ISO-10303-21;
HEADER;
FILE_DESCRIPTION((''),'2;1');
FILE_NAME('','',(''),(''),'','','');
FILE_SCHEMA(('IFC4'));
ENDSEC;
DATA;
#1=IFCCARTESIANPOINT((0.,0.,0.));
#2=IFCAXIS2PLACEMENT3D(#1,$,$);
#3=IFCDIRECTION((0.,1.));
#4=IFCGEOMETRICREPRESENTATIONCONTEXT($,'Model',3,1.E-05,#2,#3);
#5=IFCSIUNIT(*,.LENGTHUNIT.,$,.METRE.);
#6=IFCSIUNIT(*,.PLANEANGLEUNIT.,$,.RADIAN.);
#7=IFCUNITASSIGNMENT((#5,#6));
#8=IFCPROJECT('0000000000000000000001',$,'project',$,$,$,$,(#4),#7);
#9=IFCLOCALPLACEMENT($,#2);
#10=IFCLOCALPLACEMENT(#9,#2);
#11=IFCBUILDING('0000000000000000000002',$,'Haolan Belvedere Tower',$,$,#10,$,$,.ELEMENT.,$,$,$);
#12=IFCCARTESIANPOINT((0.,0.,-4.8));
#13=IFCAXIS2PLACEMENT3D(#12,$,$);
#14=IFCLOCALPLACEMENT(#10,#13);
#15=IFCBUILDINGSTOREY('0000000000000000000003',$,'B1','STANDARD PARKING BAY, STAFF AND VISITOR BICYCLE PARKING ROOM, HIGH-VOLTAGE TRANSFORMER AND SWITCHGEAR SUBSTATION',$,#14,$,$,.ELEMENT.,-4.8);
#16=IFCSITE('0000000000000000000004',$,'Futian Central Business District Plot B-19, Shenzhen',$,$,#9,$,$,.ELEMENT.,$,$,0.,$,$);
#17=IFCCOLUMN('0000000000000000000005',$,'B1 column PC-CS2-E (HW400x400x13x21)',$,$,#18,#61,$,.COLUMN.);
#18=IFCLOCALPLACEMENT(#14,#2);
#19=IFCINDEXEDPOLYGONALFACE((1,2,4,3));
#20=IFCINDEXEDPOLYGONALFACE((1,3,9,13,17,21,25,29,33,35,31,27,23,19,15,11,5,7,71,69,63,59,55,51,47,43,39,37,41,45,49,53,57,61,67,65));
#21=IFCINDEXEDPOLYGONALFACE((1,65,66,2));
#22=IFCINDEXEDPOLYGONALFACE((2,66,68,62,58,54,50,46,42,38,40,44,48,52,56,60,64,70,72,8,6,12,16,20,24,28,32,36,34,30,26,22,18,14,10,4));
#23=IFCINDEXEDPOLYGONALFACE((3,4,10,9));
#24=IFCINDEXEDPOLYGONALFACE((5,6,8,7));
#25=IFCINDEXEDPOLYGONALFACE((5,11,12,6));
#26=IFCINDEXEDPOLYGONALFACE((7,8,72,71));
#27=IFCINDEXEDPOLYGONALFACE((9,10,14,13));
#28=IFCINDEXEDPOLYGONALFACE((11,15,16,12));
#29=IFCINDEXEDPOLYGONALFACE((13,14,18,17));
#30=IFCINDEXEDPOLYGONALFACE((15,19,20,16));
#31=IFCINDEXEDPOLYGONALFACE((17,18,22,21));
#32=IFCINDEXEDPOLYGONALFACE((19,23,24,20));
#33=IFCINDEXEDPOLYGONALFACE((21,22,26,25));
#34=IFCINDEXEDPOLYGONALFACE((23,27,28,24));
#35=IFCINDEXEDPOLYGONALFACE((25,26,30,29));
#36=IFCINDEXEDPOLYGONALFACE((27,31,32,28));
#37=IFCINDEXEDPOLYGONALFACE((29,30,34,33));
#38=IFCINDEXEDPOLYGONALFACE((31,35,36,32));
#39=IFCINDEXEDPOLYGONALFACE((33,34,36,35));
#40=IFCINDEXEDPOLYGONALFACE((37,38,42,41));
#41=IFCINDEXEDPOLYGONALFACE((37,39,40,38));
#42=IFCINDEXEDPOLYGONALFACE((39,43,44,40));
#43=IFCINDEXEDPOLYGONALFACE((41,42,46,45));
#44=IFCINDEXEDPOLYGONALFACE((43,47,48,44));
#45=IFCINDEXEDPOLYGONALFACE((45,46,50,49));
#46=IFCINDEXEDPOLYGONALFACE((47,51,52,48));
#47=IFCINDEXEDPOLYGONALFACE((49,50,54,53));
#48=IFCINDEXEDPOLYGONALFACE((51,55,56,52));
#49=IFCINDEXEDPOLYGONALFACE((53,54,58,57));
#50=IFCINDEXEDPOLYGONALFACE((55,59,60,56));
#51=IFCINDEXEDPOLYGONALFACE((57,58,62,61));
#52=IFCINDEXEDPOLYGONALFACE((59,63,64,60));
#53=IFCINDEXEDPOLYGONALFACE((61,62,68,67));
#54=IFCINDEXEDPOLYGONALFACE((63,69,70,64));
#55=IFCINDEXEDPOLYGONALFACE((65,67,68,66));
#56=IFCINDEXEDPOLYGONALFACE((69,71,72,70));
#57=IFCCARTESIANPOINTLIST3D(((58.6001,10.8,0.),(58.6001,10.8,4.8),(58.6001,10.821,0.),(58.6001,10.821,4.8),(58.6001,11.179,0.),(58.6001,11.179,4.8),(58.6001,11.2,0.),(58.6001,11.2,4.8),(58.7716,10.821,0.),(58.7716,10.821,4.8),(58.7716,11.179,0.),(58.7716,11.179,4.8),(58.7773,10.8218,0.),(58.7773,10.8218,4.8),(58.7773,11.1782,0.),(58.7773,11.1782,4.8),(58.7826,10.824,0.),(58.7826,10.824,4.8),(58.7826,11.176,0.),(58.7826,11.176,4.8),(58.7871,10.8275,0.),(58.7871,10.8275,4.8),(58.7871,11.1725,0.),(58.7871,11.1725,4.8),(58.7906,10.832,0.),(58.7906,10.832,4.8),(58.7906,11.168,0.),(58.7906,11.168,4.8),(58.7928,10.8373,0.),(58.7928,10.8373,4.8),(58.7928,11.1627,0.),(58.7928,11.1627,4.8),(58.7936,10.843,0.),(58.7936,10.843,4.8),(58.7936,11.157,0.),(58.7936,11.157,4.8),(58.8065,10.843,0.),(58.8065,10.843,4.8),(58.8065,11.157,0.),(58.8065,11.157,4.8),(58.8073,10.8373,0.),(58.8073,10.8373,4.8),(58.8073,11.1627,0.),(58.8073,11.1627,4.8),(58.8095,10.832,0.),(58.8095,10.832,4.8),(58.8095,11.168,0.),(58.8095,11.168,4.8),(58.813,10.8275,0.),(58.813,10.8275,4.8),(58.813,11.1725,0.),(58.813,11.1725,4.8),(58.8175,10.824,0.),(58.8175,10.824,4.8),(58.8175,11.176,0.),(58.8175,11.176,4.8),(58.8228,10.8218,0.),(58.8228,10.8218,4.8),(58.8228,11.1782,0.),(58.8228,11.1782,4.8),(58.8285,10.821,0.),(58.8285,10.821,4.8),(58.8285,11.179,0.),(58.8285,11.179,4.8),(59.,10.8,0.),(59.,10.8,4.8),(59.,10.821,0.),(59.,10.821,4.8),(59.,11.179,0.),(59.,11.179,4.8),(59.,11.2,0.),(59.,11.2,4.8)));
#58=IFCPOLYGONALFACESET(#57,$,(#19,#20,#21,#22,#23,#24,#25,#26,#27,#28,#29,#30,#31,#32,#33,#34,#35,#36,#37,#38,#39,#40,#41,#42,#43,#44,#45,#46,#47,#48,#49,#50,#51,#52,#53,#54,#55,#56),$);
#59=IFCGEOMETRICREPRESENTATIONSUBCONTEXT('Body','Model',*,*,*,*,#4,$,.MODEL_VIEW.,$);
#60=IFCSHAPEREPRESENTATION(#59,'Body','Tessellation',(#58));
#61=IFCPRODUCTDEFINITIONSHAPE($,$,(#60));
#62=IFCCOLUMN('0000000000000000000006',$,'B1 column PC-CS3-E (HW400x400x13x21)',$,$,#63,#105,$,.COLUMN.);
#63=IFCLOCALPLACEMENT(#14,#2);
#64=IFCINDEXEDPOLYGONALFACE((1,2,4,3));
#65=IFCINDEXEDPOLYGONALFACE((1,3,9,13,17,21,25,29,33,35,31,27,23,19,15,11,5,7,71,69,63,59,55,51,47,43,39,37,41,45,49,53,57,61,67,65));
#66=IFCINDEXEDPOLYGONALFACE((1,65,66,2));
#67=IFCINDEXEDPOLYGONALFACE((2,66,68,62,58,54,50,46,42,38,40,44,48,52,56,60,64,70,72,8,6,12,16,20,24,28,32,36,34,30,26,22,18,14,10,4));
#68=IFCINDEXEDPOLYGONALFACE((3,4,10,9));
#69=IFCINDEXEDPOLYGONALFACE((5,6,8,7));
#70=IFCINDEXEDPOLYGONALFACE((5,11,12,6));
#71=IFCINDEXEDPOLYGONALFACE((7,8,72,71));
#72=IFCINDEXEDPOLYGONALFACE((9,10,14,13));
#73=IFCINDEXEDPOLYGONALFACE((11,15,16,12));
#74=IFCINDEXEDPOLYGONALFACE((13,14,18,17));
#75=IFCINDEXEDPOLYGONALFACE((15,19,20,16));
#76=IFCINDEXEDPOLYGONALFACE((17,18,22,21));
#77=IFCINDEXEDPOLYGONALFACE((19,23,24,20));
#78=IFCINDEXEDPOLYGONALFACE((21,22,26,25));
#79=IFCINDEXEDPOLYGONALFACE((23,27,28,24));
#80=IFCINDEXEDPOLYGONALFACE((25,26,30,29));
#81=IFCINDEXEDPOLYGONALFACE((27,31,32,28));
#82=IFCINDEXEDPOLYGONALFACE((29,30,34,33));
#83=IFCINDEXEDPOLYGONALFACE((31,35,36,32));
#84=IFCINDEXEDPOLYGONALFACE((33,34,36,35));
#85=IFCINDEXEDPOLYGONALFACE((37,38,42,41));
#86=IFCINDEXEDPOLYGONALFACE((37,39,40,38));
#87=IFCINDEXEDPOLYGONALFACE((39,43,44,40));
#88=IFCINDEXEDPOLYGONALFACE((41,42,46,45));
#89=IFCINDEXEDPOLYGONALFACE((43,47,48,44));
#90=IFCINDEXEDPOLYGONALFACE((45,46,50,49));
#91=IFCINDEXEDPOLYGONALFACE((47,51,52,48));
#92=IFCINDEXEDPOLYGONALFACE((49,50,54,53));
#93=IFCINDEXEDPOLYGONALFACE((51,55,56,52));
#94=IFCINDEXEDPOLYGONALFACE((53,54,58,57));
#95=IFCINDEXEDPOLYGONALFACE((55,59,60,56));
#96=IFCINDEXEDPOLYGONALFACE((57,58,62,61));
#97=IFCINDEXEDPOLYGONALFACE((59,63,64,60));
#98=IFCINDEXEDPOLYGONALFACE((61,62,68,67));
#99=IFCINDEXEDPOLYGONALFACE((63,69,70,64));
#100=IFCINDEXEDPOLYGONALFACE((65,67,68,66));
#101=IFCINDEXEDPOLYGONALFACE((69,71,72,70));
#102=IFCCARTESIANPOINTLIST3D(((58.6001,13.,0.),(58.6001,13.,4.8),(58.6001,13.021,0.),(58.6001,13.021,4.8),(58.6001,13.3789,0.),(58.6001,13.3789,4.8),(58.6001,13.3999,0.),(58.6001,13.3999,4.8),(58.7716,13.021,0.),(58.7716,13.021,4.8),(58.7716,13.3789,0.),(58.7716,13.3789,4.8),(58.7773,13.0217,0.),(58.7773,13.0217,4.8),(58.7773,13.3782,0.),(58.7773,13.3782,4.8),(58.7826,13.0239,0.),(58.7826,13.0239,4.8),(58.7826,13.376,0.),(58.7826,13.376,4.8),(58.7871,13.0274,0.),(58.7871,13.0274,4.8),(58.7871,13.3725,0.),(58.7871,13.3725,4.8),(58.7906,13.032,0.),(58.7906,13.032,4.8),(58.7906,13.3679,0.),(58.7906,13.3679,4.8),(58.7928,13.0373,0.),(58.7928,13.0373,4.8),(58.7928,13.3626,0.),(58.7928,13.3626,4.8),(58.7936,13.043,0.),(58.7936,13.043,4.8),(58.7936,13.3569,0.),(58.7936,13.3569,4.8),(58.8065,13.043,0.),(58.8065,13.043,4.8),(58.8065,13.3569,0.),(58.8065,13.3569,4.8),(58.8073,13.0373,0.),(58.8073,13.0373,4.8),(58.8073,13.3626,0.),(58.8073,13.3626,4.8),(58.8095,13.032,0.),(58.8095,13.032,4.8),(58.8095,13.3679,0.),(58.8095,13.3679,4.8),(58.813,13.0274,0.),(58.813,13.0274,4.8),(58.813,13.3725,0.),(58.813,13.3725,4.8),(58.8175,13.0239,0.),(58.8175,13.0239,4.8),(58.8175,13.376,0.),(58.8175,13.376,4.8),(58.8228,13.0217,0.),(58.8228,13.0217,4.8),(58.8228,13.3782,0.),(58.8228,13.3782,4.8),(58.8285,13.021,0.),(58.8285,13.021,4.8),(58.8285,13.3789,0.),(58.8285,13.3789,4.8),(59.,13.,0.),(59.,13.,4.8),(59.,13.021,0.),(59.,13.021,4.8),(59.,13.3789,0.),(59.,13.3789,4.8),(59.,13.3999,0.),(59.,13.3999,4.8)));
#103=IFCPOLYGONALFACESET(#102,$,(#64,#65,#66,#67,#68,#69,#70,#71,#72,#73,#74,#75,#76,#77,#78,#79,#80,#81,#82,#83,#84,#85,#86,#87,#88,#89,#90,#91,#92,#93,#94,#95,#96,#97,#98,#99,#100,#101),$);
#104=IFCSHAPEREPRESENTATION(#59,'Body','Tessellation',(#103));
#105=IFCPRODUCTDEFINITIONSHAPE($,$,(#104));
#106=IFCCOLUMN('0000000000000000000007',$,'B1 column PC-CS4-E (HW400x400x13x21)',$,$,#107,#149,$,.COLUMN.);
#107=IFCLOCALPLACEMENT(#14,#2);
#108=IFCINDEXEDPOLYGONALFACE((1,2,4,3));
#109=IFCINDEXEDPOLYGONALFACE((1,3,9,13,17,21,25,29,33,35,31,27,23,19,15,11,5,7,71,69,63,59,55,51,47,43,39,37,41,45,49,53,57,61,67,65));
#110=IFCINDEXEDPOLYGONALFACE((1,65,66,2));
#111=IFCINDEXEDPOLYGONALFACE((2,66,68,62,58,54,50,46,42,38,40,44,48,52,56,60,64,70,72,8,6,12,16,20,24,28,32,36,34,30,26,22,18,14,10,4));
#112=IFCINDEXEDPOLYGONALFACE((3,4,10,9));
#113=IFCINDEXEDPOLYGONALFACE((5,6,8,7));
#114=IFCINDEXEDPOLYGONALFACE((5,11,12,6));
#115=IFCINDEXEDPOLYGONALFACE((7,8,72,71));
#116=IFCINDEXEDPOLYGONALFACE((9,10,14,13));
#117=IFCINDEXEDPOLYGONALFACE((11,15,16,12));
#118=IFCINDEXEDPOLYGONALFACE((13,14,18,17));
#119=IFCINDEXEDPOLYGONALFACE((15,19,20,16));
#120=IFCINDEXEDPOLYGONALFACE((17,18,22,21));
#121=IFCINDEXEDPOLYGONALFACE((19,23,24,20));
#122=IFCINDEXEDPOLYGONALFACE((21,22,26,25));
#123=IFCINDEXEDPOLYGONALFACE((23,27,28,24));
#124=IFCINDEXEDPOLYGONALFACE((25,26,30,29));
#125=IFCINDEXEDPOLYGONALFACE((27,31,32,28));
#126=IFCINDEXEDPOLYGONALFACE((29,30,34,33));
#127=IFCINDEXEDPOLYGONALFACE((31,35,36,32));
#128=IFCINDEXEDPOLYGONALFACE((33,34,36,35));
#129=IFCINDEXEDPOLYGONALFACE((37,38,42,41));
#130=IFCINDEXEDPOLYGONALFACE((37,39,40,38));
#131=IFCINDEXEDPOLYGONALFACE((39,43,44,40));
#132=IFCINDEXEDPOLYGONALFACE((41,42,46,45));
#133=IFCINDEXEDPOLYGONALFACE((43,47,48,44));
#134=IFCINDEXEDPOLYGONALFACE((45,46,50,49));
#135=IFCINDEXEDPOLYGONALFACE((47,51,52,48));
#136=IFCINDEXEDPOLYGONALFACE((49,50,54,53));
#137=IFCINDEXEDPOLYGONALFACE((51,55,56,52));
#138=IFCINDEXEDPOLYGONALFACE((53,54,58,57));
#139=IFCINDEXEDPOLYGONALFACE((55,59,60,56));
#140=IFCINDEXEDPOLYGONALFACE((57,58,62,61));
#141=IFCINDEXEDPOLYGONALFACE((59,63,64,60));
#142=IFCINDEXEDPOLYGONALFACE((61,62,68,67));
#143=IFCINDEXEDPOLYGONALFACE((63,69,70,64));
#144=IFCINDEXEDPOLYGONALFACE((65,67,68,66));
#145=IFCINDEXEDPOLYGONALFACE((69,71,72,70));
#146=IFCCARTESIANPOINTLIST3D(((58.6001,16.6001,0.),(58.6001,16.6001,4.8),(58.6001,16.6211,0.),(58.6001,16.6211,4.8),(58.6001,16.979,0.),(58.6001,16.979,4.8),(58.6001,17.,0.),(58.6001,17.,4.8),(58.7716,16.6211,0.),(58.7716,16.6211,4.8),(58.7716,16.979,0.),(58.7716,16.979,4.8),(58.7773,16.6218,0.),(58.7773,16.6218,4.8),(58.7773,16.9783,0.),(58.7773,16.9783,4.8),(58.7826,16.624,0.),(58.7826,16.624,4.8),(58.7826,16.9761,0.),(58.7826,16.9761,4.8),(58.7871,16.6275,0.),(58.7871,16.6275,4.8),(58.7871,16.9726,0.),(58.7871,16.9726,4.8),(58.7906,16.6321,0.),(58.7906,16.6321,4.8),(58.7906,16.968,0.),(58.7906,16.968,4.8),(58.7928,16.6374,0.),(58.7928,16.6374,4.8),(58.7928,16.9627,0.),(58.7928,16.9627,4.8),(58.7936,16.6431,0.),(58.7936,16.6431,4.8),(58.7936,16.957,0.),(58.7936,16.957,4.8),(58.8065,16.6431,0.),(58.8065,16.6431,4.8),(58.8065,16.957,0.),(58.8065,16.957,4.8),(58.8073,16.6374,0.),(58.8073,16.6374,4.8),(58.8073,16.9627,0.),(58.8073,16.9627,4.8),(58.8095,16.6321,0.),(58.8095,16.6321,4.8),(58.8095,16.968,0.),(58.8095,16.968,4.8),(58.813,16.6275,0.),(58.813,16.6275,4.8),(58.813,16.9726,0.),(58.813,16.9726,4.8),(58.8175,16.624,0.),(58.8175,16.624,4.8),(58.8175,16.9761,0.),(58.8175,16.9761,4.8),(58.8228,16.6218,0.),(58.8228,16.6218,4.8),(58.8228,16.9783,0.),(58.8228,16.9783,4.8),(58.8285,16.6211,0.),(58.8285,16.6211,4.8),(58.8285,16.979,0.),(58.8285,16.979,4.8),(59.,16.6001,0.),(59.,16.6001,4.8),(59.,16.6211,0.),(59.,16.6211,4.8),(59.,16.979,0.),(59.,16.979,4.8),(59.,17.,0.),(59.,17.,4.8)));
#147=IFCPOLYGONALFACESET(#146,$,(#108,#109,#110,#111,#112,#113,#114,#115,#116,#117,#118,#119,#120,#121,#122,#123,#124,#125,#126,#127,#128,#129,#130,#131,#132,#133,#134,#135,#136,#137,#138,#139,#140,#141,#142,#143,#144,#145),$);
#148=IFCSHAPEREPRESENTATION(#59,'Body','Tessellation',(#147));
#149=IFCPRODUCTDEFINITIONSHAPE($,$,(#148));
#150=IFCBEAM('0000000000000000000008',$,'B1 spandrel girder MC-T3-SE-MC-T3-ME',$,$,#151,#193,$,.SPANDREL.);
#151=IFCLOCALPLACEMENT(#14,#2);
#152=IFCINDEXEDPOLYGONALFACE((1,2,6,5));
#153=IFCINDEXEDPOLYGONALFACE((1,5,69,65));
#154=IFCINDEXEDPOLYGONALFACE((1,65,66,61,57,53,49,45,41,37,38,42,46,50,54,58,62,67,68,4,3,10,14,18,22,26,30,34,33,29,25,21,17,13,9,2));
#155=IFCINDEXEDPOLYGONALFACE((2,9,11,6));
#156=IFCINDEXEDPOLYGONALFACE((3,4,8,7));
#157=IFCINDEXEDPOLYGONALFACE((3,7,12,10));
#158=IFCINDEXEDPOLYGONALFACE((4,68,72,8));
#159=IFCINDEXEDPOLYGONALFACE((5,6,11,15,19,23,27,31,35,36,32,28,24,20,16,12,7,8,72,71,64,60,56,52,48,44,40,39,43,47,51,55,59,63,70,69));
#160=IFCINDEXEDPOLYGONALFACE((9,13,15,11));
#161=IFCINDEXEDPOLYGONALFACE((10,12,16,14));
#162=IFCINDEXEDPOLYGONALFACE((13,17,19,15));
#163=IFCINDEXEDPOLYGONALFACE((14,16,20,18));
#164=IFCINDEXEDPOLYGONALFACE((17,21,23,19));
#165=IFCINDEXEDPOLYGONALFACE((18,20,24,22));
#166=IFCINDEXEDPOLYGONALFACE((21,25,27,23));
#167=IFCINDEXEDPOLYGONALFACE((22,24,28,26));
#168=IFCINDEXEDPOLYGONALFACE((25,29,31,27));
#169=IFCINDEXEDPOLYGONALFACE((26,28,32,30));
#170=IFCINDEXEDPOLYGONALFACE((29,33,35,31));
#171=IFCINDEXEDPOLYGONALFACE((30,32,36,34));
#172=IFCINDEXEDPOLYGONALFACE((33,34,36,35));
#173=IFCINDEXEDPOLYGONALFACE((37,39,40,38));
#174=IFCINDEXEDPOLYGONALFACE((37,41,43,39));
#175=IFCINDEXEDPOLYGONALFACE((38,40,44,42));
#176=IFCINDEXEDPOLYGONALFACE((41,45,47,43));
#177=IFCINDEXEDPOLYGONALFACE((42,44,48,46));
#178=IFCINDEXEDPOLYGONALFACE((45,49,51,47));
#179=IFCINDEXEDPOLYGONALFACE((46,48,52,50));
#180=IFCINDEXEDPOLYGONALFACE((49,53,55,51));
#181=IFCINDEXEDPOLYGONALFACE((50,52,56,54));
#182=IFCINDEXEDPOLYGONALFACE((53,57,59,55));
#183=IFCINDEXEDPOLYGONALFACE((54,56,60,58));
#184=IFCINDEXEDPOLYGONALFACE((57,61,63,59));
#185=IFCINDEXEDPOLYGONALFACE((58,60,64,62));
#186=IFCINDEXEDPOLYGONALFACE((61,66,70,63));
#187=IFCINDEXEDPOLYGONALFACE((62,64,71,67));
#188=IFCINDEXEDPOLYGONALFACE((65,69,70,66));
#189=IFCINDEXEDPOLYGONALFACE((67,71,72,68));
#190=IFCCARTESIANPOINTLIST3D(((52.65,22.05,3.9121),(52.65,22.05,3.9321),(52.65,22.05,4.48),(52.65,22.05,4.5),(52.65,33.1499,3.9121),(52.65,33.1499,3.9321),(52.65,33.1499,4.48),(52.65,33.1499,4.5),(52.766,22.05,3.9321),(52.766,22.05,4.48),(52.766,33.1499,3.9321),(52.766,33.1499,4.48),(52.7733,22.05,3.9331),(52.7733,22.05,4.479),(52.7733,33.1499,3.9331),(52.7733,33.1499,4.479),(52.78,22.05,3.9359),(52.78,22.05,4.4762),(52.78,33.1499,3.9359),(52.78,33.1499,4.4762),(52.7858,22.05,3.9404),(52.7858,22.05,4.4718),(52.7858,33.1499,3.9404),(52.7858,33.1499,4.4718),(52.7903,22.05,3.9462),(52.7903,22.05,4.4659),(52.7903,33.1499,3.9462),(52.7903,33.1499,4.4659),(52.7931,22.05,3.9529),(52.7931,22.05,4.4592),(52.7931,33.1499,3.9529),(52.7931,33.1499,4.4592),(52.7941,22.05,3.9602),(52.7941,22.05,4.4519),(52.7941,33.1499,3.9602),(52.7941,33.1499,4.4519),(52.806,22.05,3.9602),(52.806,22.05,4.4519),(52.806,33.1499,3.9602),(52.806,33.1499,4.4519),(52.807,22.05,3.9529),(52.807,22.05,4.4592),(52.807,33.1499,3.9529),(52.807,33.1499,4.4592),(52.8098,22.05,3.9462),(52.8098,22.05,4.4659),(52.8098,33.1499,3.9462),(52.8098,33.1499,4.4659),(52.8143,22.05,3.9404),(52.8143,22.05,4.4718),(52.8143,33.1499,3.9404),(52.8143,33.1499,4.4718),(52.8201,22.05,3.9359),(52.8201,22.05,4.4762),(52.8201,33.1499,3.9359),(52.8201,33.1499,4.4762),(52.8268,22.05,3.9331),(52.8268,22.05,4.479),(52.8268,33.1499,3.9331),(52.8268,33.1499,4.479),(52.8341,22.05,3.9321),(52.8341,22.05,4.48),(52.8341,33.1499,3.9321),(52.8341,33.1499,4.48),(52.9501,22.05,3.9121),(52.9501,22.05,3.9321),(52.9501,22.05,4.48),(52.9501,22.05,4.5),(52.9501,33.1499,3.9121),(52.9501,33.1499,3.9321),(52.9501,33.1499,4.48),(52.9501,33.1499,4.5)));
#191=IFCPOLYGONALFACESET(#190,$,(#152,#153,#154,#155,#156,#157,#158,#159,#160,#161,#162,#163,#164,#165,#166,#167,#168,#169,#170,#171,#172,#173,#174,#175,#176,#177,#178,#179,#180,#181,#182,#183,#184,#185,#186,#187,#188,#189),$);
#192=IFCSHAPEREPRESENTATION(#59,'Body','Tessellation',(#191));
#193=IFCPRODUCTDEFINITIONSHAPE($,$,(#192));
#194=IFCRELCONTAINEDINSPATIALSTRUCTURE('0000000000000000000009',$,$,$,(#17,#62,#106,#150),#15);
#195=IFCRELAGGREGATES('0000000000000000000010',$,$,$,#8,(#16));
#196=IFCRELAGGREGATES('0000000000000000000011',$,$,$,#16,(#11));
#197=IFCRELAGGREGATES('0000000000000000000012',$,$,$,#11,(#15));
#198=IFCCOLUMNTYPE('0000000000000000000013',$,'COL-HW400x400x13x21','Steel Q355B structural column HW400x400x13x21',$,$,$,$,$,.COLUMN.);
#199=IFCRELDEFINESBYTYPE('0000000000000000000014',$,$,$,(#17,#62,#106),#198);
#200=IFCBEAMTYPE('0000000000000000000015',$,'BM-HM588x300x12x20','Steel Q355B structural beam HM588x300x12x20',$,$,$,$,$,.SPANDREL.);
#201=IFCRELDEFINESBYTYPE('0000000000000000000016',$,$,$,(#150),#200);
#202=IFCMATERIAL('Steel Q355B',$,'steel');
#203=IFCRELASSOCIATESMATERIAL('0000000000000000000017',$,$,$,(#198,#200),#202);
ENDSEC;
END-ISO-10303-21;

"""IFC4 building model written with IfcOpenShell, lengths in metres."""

from ifc_helpers import new_model, si_unit, direction, frame, origin, origin_2d, place, context, subcontext, project, spatial, i_section, extrude, material, material_profile, profile_set, type_object, element, save


model = new_model("IFC4")

# Units and contexts
model_context = context("Model", 3, precision=1e-05, world=origin(), true_north=direction((0.0, 1.0)))
body_context = subcontext(model_context, "Body", "Model", "MODEL_VIEW")
ifc_project = project(units=[si_unit("LENGTHUNIT", "METRE"), si_unit("PLANEANGLEUNIT", "RADIAN")], contexts=[model_context])

# Site, building, storey
site_placement = place(None, origin())
site = spatial("IfcSite", under=ifc_project, at=site_placement, Name="Futian Central Business District Plot B-19, Shenzhen", CompositionType="ELEMENT", RefElevation=0.0)
building_placement = place(site_placement, origin())
building = spatial("IfcBuilding", under=site, at=building_placement, Name="Haolan Belvedere Tower", CompositionType="ELEMENT")
storey_placement = place(building_placement, frame((0.0, 0.0, -4.8)))
storey = spatial("IfcBuildingStorey", under=building, at=storey_placement, Name="B1", Description="STANDARD PARKING BAY, STAFF AND VISITOR BICYCLE PARKING ROOM, HIGH-VOLTAGE TRANSFORMER AND SWITCHGEAR SUBSTATION", CompositionType="ELEMENT", Elevation=-4.8)

# Columns
ifc_material_1 = material(Name="Steel Q355B", Category="steel")
ifc_material_profile_1 = material_profile(ifc_material_1, i_section(OverallWidth=0.3999, OverallDepth=0.3999, WebThickness=0.0129, FlangeThickness=0.021, FilletRadius=0.022, at=origin_2d()), Name="Steel Q355B")
ifc_profile_set_1 = profile_set([ifc_material_profile_1], Name="Steel Q355B")
column_type_1 = type_object("IfcColumnType", Name="COL-HW400x400x13x21", Description="Steel Q355B structural column HW400x400x13x21", PredefinedType="COLUMN", material=ifc_profile_set_1)
for number, where, z_axis, x_axis, name in (
    (1, (58.8, 11.0, 0.0), (0.0, 0.0, 1.0), (1.0, 0.0, 0.0), "B1 column PC-CS2-E (HW400x400x13x21)"),
    (2, (58.8, 13.2, 0.0), (0.0, 0.0, 1.0), (1.0, 0.0, 0.0), "B1 column PC-CS3-E (HW400x400x13x21)"),
    (3, (58.8, 16.8, 0.0), (0.0, 0.0, 1.0), (1.0, 0.0, 0.0), "B1 column PC-CS4-E (HW400x400x13x21)"),
):
    element("IfcColumn", number, at=place(storey_placement, frame(where, z_axis=z_axis, x_axis=x_axis)), inside=storey, type_object=column_type_1, Name=name, PredefinedType="COLUMN", context=body_context, shape_type="SweptSolid", body=[
        extrude(i_section(OverallWidth=0.3999, OverallDepth=0.3999, WebThickness=0.0129, FlangeThickness=0.021, FilletRadius=0.022, at=origin_2d()), origin(), (0.0, 0.0, 1.0), 4.8),
    ])

# Beam
ifc_material_profile_2 = material_profile(ifc_material_1, i_section(OverallWidth=0.3, OverallDepth=0.5879, WebThickness=0.012, FlangeThickness=0.02, FilletRadius=0.0281, at=origin_2d()), Name="Steel Q355B")
ifc_profile_set_2 = profile_set([ifc_material_profile_2], Name="Steel Q355B")
beam_type_1 = type_object("IfcBeamType", Name="BM-HM588x300x12x20", Description="Steel Q355B structural beam HM588x300x12x20", PredefinedType="SPANDREL", material=ifc_profile_set_2)
beam_1_placement = place(storey_placement, frame((52.8, 22.05, 4.2061), z_axis=(0.0, 1.0, 0.0), x_axis=(-1.0, 0.0, 0.0)))
element("IfcBeam", 4, at=beam_1_placement, inside=storey, type_object=beam_type_1, Name="B1 spandrel girder MC-T3-SE-MC-T3-ME", PredefinedType="SPANDREL", context=body_context, shape_type="SweptSolid", body=[
    extrude(i_section(OverallWidth=0.3, OverallDepth=0.5879, WebThickness=0.012, FlangeThickness=0.02, FilletRadius=0.0281, at=origin_2d()), origin(), (0.0, 0.0, 1.0), 11.0999),
])

save(model, "model.ifc")
